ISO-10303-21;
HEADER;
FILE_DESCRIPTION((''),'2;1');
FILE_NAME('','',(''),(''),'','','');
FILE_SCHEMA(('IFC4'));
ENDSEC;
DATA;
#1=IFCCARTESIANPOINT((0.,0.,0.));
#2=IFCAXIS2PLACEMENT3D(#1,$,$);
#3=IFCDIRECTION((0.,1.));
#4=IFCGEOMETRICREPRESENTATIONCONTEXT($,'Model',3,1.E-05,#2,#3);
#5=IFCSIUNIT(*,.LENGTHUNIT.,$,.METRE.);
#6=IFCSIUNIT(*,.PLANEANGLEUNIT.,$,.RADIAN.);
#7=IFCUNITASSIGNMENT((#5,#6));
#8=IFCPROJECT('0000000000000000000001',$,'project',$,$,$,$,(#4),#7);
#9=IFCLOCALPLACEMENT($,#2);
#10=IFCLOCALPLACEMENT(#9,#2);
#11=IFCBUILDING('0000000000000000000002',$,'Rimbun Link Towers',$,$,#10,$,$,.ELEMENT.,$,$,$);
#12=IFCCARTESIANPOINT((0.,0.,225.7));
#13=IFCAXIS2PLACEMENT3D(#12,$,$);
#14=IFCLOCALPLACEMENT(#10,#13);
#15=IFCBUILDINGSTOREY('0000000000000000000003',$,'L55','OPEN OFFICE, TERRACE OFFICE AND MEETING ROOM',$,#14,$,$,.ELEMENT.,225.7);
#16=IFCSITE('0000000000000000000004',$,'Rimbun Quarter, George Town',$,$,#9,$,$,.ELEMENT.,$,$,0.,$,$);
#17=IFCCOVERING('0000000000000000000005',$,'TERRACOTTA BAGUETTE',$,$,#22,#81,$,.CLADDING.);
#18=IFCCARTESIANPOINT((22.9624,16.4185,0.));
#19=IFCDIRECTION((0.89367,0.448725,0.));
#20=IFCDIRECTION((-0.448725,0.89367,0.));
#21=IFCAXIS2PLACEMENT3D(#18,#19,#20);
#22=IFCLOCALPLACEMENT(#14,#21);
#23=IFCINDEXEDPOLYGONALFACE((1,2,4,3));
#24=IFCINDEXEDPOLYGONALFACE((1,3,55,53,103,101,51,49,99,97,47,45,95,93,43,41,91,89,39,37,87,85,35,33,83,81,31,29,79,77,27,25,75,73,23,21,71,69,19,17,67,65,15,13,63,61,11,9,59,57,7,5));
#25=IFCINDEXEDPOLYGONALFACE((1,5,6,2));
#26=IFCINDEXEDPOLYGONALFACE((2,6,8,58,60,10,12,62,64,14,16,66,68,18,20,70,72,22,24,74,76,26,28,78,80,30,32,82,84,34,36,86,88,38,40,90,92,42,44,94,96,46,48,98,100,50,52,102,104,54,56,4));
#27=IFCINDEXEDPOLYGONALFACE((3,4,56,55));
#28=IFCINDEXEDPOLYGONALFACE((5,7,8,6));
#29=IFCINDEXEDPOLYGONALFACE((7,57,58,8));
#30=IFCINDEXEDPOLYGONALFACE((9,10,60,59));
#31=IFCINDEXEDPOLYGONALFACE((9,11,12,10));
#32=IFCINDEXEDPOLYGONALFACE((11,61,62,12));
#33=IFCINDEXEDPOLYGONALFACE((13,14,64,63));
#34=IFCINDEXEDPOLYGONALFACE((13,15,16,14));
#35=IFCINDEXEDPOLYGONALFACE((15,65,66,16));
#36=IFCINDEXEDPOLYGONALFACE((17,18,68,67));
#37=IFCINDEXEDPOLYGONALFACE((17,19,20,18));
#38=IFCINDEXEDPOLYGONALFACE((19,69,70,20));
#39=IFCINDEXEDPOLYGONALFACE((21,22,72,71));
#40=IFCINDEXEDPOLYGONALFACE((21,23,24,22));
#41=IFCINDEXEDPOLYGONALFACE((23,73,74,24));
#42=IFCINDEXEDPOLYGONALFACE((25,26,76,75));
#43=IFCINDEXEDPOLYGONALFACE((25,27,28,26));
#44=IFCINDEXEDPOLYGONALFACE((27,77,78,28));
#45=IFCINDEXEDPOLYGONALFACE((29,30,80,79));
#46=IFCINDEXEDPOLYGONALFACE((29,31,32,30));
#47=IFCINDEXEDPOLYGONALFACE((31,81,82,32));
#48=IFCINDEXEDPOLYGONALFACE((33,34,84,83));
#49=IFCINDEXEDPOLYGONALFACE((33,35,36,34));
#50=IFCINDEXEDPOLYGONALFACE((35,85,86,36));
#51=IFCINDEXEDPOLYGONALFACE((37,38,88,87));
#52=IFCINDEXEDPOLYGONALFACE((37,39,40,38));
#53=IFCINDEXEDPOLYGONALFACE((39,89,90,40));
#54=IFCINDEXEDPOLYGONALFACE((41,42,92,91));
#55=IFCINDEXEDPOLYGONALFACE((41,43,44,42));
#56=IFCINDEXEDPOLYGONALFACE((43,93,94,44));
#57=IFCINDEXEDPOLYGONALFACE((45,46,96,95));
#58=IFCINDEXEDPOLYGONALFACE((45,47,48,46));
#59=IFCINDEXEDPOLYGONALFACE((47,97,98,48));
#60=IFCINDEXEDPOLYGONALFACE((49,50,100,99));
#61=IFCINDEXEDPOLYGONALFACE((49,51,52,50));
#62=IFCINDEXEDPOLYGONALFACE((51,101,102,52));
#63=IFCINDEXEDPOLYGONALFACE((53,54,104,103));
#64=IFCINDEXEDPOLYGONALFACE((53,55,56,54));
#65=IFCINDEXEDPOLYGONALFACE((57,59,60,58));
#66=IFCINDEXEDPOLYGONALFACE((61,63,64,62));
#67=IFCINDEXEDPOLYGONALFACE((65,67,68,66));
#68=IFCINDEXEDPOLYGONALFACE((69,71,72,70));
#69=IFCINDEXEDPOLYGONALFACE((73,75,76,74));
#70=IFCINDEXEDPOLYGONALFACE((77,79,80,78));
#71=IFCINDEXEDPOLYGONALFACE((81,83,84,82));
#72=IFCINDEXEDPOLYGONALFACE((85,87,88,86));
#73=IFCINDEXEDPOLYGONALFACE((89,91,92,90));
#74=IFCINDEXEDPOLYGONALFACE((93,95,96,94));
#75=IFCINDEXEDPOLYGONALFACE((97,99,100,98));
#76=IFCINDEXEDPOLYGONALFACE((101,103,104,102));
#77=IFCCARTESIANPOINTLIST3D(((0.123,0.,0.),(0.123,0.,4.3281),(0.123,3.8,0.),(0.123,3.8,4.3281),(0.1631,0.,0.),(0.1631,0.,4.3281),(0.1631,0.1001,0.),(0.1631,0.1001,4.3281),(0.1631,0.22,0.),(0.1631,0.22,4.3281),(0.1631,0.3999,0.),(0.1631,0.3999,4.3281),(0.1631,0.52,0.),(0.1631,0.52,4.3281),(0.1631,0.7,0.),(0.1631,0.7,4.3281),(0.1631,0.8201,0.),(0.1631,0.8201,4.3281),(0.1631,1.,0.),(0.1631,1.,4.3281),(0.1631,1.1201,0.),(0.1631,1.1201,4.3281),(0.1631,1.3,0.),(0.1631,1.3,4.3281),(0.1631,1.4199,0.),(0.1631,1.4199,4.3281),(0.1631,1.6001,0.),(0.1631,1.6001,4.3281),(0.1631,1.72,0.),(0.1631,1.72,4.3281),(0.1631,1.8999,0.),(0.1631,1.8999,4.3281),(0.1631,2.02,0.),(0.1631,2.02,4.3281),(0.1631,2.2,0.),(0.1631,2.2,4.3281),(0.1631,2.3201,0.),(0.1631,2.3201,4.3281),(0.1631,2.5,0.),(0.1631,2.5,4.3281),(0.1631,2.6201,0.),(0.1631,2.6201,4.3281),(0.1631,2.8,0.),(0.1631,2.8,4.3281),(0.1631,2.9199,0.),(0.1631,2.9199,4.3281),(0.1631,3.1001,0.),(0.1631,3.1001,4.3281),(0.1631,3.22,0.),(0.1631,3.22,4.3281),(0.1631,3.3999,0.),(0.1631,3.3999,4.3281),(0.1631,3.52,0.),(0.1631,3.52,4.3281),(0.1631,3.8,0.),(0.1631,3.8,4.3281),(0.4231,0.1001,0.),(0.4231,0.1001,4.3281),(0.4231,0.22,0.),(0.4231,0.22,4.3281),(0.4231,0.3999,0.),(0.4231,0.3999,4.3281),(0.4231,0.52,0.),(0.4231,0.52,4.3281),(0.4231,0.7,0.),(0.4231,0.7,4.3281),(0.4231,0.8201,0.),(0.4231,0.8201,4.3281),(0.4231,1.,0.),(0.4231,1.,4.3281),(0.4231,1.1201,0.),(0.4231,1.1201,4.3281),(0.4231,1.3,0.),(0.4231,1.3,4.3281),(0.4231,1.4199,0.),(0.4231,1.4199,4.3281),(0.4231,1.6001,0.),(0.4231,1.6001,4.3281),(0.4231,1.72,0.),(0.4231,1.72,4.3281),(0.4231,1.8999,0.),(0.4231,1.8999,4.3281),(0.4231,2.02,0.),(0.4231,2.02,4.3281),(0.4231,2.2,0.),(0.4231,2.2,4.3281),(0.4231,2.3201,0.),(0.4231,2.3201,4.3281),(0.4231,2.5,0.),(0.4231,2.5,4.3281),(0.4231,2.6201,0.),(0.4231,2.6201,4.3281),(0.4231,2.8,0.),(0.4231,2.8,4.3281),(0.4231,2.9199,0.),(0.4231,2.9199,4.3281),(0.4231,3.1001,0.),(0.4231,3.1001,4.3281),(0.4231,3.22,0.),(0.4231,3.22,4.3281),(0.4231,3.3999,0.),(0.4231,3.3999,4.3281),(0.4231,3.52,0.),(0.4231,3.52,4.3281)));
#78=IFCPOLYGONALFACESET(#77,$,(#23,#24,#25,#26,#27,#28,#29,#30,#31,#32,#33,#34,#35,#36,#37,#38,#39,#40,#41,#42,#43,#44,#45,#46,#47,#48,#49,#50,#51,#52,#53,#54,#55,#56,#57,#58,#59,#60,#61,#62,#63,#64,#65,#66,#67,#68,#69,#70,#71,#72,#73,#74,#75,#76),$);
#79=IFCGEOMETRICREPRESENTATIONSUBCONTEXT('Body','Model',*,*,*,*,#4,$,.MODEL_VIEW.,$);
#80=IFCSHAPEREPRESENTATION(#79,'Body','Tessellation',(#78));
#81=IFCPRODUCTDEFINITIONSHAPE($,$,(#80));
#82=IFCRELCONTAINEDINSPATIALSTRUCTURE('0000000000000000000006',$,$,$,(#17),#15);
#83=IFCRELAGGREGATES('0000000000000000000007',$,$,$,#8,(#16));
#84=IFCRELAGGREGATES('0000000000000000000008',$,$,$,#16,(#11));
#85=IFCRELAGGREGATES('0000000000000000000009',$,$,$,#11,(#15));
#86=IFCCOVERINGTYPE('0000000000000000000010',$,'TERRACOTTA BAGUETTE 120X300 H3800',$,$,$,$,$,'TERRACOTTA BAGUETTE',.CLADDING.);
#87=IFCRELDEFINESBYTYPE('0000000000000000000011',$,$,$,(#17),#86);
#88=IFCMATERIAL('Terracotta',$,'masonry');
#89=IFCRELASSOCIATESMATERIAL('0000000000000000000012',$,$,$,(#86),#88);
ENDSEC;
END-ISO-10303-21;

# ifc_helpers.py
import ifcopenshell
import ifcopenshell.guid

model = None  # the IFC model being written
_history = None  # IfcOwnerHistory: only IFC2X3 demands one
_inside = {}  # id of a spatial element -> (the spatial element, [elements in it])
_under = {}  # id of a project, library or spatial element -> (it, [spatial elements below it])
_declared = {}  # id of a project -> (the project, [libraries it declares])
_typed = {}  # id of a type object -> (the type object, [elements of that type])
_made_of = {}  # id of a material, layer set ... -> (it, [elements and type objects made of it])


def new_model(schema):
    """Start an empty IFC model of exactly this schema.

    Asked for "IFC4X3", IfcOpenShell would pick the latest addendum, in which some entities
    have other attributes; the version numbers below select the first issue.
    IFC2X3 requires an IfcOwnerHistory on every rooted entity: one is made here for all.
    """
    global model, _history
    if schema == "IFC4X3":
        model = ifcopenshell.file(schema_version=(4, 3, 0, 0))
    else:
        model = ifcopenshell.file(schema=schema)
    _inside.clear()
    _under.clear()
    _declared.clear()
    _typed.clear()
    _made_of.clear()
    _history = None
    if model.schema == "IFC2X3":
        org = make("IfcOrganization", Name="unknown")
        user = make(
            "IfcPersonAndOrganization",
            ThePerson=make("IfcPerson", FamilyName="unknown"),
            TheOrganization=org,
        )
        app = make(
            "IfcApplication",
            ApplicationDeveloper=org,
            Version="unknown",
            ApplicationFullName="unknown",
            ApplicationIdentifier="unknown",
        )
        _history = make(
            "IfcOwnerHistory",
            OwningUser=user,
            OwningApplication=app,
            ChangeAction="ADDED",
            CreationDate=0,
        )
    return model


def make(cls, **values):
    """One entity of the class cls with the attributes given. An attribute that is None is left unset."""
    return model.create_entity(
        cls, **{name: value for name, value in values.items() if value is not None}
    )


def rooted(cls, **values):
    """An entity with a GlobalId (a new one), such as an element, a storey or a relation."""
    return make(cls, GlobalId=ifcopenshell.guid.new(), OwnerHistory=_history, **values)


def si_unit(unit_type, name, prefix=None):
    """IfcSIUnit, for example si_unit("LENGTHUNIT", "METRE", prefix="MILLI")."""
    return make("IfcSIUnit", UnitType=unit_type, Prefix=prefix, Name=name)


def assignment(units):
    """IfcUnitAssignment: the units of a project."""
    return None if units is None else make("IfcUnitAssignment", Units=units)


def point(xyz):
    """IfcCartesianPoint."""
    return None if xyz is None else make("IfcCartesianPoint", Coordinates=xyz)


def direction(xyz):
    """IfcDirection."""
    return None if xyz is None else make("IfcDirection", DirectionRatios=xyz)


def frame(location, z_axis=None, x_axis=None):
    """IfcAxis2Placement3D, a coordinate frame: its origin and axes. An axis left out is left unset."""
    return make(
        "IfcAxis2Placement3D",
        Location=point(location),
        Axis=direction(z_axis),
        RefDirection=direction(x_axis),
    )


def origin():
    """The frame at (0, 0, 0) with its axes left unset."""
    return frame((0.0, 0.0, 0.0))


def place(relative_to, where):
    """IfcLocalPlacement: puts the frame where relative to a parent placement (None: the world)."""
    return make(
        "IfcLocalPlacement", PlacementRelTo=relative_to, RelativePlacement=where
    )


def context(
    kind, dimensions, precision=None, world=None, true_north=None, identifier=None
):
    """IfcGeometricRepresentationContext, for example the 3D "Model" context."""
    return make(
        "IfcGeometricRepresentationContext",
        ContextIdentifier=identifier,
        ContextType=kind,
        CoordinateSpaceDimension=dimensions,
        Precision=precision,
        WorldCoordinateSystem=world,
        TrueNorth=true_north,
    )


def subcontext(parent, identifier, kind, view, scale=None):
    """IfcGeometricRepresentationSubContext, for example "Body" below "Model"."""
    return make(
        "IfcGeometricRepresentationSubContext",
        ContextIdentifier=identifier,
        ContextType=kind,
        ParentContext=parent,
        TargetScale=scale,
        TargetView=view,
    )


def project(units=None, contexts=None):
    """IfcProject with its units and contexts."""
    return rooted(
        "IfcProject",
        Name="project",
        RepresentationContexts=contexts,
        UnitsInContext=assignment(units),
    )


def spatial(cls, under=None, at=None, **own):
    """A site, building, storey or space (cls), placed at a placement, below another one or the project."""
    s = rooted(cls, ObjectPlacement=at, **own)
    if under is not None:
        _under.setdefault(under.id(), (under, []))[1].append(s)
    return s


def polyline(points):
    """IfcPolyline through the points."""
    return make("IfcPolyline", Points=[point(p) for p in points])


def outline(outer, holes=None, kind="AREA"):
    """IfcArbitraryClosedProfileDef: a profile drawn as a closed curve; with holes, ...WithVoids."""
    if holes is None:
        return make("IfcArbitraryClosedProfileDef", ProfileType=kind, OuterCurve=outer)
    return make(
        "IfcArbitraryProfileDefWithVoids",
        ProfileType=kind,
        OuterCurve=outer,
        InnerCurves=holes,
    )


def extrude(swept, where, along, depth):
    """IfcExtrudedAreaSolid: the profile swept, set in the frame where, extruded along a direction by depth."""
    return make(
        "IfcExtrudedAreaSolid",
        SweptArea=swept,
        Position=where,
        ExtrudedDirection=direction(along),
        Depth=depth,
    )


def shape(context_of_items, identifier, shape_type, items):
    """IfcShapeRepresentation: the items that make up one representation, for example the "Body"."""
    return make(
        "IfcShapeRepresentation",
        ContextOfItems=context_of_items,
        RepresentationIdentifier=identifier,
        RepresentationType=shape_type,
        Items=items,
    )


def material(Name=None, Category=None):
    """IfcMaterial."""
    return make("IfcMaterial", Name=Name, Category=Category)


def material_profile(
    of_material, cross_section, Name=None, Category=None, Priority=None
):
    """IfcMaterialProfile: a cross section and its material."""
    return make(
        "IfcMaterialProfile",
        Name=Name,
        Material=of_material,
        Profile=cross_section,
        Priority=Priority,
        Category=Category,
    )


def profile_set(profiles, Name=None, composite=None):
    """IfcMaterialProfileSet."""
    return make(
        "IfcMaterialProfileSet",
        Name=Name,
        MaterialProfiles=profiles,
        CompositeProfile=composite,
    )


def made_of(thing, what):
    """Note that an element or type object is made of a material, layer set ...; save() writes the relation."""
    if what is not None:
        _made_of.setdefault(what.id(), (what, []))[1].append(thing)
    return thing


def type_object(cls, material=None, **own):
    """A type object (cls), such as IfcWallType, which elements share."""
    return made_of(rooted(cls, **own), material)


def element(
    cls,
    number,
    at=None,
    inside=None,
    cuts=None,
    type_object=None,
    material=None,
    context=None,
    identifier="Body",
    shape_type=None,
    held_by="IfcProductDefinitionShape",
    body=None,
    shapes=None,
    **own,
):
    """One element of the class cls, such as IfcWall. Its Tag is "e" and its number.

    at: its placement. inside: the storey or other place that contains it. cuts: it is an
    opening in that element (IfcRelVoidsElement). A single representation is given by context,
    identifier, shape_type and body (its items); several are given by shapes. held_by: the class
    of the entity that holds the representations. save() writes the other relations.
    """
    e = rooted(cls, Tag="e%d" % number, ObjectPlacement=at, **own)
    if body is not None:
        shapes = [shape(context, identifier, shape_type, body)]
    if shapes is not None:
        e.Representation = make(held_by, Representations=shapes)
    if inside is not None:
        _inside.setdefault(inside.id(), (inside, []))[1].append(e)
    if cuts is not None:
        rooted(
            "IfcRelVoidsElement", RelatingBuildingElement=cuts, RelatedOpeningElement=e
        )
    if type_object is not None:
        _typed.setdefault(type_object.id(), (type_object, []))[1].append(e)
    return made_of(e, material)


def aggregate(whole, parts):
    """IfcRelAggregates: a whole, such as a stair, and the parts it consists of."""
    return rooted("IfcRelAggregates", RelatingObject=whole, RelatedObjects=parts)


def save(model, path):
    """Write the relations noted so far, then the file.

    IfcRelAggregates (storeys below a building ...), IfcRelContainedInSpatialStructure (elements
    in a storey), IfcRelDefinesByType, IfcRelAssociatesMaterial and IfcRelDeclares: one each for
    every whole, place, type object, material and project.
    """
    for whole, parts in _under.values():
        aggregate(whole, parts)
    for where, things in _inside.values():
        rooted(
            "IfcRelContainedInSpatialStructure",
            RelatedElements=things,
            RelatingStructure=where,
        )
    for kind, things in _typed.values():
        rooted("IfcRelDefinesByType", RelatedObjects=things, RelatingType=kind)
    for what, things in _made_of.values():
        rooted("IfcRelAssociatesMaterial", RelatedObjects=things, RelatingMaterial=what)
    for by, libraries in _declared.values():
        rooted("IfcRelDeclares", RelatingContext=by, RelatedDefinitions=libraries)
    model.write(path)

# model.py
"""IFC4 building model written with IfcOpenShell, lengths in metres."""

from ifc_helpers import new_model, si_unit, direction, frame, origin, place, context, subcontext, project, spatial, polyline, outline, extrude, material, material_profile, profile_set, type_object, element, save


model = new_model("IFC4")

# Units and contexts
model_context = context("Model", 3, precision=1e-05, world=origin(), true_north=direction((0.0, 1.0)))
body_context = subcontext(model_context, "Body", "Model", "MODEL_VIEW")
ifc_project = project(units=[si_unit("LENGTHUNIT", "METRE"), si_unit("PLANEANGLEUNIT", "RADIAN")], contexts=[model_context])

# Site, building, storey
site_placement = place(None, origin())
site = spatial("IfcSite", under=ifc_project, at=site_placement, Name="Rimbun Quarter, George Town", CompositionType="ELEMENT", RefElevation=0.0)
building_placement = place(site_placement, origin())
building = spatial("IfcBuilding", under=site, at=building_placement, Name="Rimbun Link Towers", CompositionType="ELEMENT")
storey_placement = place(building_placement, frame((0.0, 0.0, 225.7)))
storey = spatial("IfcBuildingStorey", under=building, at=storey_placement, Name="L55", Description="OPEN OFFICE, TERRACE OFFICE AND MEETING ROOM", CompositionType="ELEMENT", Elevation=225.7)

# Covering
ifc_material_1 = material(Name="Terracotta", Category="masonry")
ifc_material_profile_1 = material_profile(ifc_material_1, outline(polyline([(0.123, 0.0), (0.1631, 0.0), (0.1631, 0.1001), (0.4231, 0.1001), (0.4231, 0.22), (0.1631, 0.22), (0.1631, 0.3999), (0.4231, 0.3999), (0.4231, 0.52), (0.1631, 0.52), (0.1631, 0.7), (0.4231, 0.7), (0.4231, 0.8201), (0.1631, 0.8201), (0.1631, 1.0), (0.4231, 1.0), (0.4231, 1.1201), (0.1631, 1.1201), (0.1631, 1.3), (0.4231, 1.3), (0.4231, 1.4199), (0.1631, 1.4199), (0.1631, 1.6001), (0.4231, 1.6001), (0.4231, 1.72), (0.1631, 1.72), (0.1631, 1.8999), (0.4231, 1.8999), (0.4231, 2.02), (0.1631, 2.02), (0.1631, 2.2), (0.4231, 2.2), (0.4231, 2.3201), (0.1631, 2.3201), (0.1631, 2.5), (0.4231, 2.5), (0.4231, 2.6201), (0.1631, 2.6201), (0.1631, 2.8), (0.4231, 2.8), (0.4231, 2.9199), (0.1631, 2.9199), (0.1631, 3.1001), (0.4231, 3.1001), (0.4231, 3.22), (0.1631, 3.22), (0.1631, 3.3999), (0.4231, 3.3999), (0.4231, 3.52), (0.1631, 3.52), (0.1631, 3.8), (0.123, 3.8), (0.123, 0.0)])), Name="BAGUETTE 120X300")
ifc_profile_set_1 = profile_set([ifc_material_profile_1], Name="Terracotta")
covering_type = type_object("IfcCoveringType", Name="TERRACOTTA BAGUETTE 120X300 H3800", ElementType="TERRACOTTA BAGUETTE", PredefinedType="CLADDING", material=ifc_profile_set_1)
covering_1_placement = place(storey_placement, frame((22.9624, 16.4185, 0.0), z_axis=(0.89367, 0.448725, 0.0), x_axis=(-0.448725, 0.89367, 0.0)))
element("IfcCovering", 1, at=covering_1_placement, inside=storey, type_object=covering_type, Name="TERRACOTTA BAGUETTE", PredefinedType="CLADDING", context=body_context, shape_type="SweptSolid", body=[
    extrude(outline(polyline([(0.123, 0.0), (0.1631, 0.0), (0.1631, 0.1001), (0.4231, 0.1001), (0.4231, 0.22), (0.1631, 0.22), (0.1631, 0.3999), (0.4231, 0.3999), (0.4231, 0.52), (0.1631, 0.52), (0.1631, 0.7), (0.4231, 0.7), (0.4231, 0.8201), (0.1631, 0.8201), (0.1631, 1.0), (0.4231, 1.0), (0.4231, 1.1201), (0.1631, 1.1201), (0.1631, 1.3), (0.4231, 1.3), (0.4231, 1.4199), (0.1631, 1.4199), (0.1631, 1.6001), (0.4231, 1.6001), (0.4231, 1.72), (0.1631, 1.72), (0.1631, 1.8999), (0.4231, 1.8999), (0.4231, 2.02), (0.1631, 2.02), (0.1631, 2.2), (0.4231, 2.2), (0.4231, 2.3201), (0.1631, 2.3201), (0.1631, 2.5), (0.4231, 2.5), (0.4231, 2.6201), (0.1631, 2.6201), (0.1631, 2.8), (0.4231, 2.8), (0.4231, 2.9199), (0.1631, 2.9199), (0.1631, 3.1001), (0.4231, 3.1001), (0.4231, 3.22), (0.1631, 3.22), (0.1631, 3.3999), (0.4231, 3.3999), (0.4231, 3.52), (0.1631, 3.52), (0.1631, 3.8), (0.123, 3.8), (0.123, 0.0)])), origin(), (0.0, 0.0, 1.0), 4.3281),
])

save(model, "model.ifc")
